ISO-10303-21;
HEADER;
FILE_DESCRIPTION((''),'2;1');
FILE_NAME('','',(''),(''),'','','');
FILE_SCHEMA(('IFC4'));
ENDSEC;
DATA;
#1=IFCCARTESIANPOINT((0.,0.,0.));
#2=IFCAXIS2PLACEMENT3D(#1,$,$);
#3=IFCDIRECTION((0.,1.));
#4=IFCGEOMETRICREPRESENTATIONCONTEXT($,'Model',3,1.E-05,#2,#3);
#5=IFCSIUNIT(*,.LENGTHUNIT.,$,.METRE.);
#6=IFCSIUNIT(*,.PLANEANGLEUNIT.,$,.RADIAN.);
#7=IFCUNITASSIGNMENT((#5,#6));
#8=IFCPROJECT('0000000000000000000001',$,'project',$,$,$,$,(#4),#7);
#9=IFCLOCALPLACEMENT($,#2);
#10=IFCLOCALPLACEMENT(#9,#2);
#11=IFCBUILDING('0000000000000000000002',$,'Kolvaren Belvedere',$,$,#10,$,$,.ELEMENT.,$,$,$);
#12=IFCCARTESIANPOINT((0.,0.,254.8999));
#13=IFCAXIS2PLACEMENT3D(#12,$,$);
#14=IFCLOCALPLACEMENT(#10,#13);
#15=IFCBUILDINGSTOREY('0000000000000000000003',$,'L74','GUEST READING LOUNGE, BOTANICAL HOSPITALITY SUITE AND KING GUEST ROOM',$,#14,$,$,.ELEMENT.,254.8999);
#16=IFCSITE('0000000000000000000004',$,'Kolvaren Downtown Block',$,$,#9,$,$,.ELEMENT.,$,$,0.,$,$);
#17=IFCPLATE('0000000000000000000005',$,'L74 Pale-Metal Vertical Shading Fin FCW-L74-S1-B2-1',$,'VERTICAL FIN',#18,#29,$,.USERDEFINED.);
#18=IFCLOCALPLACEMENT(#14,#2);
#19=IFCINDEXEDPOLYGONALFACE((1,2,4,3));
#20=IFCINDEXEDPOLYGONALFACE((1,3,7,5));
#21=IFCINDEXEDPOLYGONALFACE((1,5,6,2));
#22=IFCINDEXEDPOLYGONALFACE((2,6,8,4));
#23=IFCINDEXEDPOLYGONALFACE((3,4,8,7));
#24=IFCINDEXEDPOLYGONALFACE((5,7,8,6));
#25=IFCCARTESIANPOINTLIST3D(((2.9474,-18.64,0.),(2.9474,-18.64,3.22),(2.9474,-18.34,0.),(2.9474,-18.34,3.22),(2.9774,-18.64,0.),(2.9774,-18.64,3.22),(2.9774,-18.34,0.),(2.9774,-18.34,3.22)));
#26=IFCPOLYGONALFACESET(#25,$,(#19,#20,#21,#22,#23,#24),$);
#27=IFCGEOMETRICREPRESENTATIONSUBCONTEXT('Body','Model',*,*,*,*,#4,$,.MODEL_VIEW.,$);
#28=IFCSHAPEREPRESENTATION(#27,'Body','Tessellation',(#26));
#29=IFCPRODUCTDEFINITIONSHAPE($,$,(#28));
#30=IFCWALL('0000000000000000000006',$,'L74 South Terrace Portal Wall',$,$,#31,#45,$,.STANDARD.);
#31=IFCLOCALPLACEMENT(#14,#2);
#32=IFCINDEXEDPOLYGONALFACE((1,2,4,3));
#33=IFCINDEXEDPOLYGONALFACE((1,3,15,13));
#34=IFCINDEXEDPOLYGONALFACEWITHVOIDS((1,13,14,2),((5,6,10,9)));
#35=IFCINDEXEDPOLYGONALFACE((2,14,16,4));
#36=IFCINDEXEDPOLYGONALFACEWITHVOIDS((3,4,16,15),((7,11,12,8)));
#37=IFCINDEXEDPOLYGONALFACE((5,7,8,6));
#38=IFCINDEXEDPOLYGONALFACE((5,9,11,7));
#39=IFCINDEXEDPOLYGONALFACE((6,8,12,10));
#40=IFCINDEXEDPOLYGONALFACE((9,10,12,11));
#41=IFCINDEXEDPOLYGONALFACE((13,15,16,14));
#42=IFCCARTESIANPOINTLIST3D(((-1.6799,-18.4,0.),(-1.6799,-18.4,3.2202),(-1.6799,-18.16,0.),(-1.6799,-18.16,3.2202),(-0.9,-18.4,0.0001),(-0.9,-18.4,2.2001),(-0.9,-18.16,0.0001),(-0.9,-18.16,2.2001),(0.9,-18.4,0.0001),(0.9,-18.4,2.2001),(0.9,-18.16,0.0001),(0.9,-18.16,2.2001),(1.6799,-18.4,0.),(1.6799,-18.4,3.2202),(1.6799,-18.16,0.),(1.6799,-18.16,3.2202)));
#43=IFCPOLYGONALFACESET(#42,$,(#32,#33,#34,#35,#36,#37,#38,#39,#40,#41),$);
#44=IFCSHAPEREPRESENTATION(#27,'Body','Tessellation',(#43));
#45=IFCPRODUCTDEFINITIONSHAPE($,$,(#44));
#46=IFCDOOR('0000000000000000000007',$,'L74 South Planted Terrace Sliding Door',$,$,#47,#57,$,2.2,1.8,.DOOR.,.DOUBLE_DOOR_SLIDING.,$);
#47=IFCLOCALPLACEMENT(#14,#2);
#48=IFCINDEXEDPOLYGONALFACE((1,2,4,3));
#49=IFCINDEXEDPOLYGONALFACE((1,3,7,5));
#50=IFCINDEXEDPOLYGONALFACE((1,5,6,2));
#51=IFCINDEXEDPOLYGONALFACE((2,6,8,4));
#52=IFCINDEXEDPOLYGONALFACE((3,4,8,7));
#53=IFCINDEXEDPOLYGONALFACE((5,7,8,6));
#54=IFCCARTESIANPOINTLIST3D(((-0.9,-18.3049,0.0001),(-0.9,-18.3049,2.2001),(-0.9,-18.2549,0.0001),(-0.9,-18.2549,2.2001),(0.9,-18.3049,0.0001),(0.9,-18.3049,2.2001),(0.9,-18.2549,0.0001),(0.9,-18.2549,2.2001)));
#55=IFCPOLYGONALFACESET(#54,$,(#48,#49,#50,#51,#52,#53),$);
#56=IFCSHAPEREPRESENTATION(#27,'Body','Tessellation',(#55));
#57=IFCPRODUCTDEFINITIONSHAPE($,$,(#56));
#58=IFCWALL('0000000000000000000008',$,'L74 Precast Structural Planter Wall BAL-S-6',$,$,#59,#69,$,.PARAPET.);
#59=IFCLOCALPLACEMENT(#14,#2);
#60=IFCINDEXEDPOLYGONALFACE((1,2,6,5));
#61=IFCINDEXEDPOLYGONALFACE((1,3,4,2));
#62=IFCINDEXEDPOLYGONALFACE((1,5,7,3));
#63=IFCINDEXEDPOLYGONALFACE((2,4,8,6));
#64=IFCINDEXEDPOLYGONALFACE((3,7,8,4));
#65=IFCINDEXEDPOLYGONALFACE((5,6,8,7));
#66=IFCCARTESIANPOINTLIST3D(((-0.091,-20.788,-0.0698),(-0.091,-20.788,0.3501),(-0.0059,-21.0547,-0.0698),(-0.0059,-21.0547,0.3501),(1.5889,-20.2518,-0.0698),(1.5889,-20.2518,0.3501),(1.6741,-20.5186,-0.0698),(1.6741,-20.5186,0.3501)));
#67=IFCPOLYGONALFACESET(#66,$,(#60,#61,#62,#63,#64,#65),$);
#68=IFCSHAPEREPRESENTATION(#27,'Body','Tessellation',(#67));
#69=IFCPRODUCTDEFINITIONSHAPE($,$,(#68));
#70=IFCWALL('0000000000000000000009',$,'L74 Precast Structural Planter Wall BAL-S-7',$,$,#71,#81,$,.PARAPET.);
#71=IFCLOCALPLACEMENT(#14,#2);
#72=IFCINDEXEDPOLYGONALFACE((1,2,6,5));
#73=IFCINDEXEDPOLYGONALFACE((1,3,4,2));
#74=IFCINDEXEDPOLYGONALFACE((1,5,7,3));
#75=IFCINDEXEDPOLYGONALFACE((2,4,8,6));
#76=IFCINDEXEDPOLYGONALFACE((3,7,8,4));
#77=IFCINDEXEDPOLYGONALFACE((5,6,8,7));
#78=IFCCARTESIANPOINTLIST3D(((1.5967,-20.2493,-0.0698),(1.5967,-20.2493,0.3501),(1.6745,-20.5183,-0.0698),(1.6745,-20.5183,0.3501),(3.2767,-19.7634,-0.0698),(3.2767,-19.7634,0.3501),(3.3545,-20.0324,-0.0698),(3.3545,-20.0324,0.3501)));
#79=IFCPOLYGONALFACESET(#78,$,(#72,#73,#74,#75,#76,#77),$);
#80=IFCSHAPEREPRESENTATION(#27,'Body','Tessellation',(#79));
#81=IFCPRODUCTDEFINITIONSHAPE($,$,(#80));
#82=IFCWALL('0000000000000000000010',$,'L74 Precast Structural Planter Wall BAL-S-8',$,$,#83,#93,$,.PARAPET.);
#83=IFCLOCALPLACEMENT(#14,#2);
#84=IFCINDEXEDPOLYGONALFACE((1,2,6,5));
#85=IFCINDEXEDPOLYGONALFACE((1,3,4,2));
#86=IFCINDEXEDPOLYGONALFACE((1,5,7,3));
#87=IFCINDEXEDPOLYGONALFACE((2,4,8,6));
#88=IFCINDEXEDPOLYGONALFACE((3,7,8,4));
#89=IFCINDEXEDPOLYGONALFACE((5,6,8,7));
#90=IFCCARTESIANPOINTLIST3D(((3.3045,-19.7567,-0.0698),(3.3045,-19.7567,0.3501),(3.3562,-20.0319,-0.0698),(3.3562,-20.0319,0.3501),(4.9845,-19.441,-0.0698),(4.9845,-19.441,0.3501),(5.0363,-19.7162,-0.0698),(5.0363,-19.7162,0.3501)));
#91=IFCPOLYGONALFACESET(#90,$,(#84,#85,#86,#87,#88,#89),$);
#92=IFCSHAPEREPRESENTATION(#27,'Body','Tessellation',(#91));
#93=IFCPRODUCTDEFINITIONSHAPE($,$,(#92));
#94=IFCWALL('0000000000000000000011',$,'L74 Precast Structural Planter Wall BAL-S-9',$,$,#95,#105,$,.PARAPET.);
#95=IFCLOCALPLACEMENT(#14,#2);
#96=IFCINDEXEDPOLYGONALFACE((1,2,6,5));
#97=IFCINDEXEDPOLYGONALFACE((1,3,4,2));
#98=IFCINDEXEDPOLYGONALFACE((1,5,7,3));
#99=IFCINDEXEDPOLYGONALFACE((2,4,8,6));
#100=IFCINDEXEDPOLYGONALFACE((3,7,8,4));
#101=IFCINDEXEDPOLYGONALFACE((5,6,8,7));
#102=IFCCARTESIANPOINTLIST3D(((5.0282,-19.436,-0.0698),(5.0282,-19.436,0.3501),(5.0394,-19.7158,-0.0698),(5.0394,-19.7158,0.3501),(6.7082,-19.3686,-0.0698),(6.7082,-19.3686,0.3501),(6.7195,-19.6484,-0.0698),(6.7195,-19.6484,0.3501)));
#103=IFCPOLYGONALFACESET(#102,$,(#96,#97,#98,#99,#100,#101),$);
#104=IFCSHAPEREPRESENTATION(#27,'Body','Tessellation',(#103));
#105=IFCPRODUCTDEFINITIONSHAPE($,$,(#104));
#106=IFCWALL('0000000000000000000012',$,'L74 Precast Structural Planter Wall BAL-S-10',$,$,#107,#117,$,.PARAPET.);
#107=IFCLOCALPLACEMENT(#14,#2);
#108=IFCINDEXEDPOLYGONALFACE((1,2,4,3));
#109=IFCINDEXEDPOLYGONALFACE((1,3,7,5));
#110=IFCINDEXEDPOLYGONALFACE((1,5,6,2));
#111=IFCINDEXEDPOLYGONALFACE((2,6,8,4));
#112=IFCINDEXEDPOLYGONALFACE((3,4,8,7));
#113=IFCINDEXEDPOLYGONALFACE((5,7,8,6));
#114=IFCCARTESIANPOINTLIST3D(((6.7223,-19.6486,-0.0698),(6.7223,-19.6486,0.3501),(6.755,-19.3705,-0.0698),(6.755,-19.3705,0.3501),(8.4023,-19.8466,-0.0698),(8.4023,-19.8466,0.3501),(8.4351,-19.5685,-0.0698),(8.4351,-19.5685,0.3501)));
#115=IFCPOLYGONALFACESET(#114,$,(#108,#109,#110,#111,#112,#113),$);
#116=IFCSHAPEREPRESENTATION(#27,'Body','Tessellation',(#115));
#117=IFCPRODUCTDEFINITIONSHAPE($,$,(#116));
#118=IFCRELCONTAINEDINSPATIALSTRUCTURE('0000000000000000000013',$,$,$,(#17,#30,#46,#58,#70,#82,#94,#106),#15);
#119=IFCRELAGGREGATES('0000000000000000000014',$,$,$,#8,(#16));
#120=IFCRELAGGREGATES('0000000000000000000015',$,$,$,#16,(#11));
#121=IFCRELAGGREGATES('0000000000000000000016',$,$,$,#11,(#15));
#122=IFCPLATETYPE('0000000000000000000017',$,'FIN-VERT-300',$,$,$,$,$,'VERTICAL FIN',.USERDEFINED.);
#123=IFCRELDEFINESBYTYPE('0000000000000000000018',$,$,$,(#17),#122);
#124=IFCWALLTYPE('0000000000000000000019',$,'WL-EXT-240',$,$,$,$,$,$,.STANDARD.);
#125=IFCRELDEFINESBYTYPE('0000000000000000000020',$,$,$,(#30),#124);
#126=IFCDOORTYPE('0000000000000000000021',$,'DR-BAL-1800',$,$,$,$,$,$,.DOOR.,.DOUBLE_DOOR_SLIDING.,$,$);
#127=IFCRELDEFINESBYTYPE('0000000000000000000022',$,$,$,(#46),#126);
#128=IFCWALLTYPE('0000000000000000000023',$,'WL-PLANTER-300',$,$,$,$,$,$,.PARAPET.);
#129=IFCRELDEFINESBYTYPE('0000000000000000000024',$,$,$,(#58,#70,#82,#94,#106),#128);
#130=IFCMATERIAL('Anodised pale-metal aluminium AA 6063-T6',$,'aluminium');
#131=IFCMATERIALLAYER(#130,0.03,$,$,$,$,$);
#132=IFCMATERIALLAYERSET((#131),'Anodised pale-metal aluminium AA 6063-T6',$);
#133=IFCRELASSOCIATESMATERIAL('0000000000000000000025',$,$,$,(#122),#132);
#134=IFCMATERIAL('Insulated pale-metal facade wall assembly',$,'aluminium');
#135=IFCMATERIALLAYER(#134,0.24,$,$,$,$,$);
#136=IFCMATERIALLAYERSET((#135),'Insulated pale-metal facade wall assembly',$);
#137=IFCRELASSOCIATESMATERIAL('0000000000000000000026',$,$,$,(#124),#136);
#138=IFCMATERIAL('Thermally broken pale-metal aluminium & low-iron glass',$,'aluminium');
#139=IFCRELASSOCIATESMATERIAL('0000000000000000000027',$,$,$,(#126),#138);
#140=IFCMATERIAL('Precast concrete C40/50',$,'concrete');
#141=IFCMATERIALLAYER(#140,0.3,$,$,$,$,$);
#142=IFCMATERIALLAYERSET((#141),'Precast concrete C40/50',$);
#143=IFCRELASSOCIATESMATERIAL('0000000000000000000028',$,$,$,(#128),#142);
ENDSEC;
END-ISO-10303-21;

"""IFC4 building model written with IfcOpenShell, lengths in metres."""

from ifc_helpers import new_model, si_unit, direction, frame, frame_2d, origin, origin_2d, place, context, subcontext, project, spatial, rectangle, extrude, material, layer, layer_set, type_object, element, fill, save


model = new_model("IFC4")

# Units and contexts
model_context = context("Model", 3, precision=1e-05, world=origin(), true_north=direction((0.0, 1.0)))
body_context = subcontext(model_context, "Body", "Model", "MODEL_VIEW")
ifc_project = project(units=[si_unit("LENGTHUNIT", "METRE"), si_unit("PLANEANGLEUNIT", "RADIAN")], contexts=[model_context])

# Site, building, storey
site_placement = place(None, origin())
site = spatial("IfcSite", under=ifc_project, at=site_placement, Name="Kolvaren Downtown Block", CompositionType="ELEMENT", RefElevation=0.0)
building_placement = place(site_placement, origin())
building = spatial("IfcBuilding", under=site, at=building_placement, Name="Kolvaren Belvedere", CompositionType="ELEMENT")
storey_placement = place(building_placement, frame((0.0, 0.0, 254.8999)))
storey = spatial("IfcBuildingStorey", under=building, at=storey_placement, Name="L74", Description="GUEST READING LOUNGE, BOTANICAL HOSPITALITY SUITE AND KING GUEST ROOM", CompositionType="ELEMENT", Elevation=254.8999)

# Plate
ifc_material_1 = material(Name="Anodised pale-metal aluminium AA 6063-T6", Category="aluminium")
ifc_layer_1 = layer(ifc_material_1, 0.03)
ifc_layer_set_1 = layer_set([ifc_layer_1], Name="Anodised pale-metal aluminium AA 6063-T6")
plate_type_1 = type_object("IfcPlateType", Name="FIN-VERT-300", ElementType="VERTICAL FIN", PredefinedType="USERDEFINED", material=ifc_layer_set_1)
plate_1_placement = place(storey_placement, frame((2.9624, -18.49, 0.0), z_axis=(0.0, 0.0, 1.0), x_axis=(0.0, 1.0, 0.0)))
element("IfcPlate", 1, at=plate_1_placement, inside=storey, type_object=plate_type_1, Name="L74 Pale-Metal Vertical Shading Fin FCW-L74-S1-B2-1", ObjectType="VERTICAL FIN", PredefinedType="USERDEFINED", context=body_context, shape_type="SweptSolid", body=[
    extrude(rectangle(XDim=0.3, YDim=0.03, at=origin_2d()), origin(), (0.0, 0.0, 1.0), 3.22),
])

# Wall, opening, door
ifc_material_2 = material(Name="Insulated pale-metal facade wall assembly", Category="aluminium")
ifc_layer_2 = layer(ifc_material_2, 0.24)
ifc_layer_set_2 = layer_set([ifc_layer_2], Name="Insulated pale-metal facade wall assembly")
wall_type_1 = type_object("IfcWallType", Name="WL-EXT-240", PredefinedType="STANDARD", material=ifc_layer_set_2)
wall_1_placement = place(storey_placement, frame((1.6799, -18.28, 0.0), z_axis=(0.0, 0.0, 1.0), x_axis=(-1.0, 0.0, 0.0)))
wall_1 = element("IfcWall", 2, at=wall_1_placement, inside=storey, type_object=wall_type_1, Name="L74 South Terrace Portal Wall", PredefinedType="STANDARD", context=body_context, shape_type="SweptSolid", body=[
    extrude(rectangle(XDim=3.3599, YDim=0.24, at=frame_2d((1.6799, 0.0))), origin(), (0.0, 0.0, 1.0), 3.2202),
])
opening_placement = place(wall_1_placement, frame((0.78, 0.0, 0.0)))
opening = element("IfcOpeningElement", 3, at=opening_placement, cuts=wall_1, PredefinedType="OPENING", context=body_context, shape_type="SweptSolid", body=[
    extrude(rectangle(XDim=1.8, YDim=2.2, at=frame_2d((0.8999, 1.1001))), frame((0.0, 0.1299, 0.0), z_axis=(0.0, -1.0, 0.0), x_axis=(1.0, 0.0, 0.0)), (0.0, 0.0, 1.0), 0.26),
])
ifc_material_3 = material(Name="Thermally broken pale-metal aluminium & low-iron glass", Category="aluminium")
door_type = type_object("IfcDoorType", Name="DR-BAL-1800", OperationType="DOUBLE_DOOR_SLIDING", PredefinedType="DOOR", material=ifc_material_3)
door_placement = place(opening_placement, origin())
door = element("IfcDoor", 4, at=door_placement, inside=storey, type_object=door_type, Name="L74 South Planted Terrace Sliding Door", OperationType="DOUBLE_DOOR_SLIDING", OverallHeight=2.2, OverallWidth=1.8, PredefinedType="DOOR", context=body_context, shape_type="SweptSolid", body=[
    extrude(rectangle(XDim=1.8, YDim=2.2, at=frame_2d((0.8999, 1.1001))), frame((0.0, 0.0249, 0.0), z_axis=(0.0, -1.0, 0.0), x_axis=(1.0, 0.0, 0.0)), (0.0, 0.0, 1.0), 0.05),
])
fill(opening, door)

# Walls
ifc_material_4 = material(Name="Precast concrete C40/50", Category="concrete")
ifc_layer_3 = layer(ifc_material_4, 0.3)
ifc_layer_set_3 = layer_set([ifc_layer_3], Name="Precast concrete C40/50")
wall_type_2 = type_object("IfcWallType", Name="WL-PLANTER-300", PredefinedType="PARAPET", material=ifc_layer_set_3)
wall_2_placement = place(storey_placement, frame((-0.0486, -20.9214, -0.0698), z_axis=(0.0, 0.0, 1.0), x_axis=(0.952662, 0.304032, 0.0)))
element("IfcWall", 5, at=wall_2_placement, inside=storey, type_object=wall_type_2, Name="L74 Precast Structural Planter Wall BAL-S-6", PredefinedType="PARAPET", context=body_context, shape_type="SweptSolid", body=[
    extrude(rectangle(XDim=1.7634, YDim=0.28, at=frame_2d((0.8818, 0.0))), origin(), (0.0, 0.0, 1.0), 0.4199),
])
wall_3_placement = place(storey_placement, frame((1.6355, -20.3838, -0.0698), z_axis=(0.0, 0.0, 1.0), x_axis=(0.960634, 0.277817, 0.0)))
element("IfcWall", 6, at=wall_3_placement, inside=storey, type_object=wall_type_2, Name="L74 Precast Structural Planter Wall BAL-S-7", PredefinedType="PARAPET", context=body_context, shape_type="SweptSolid", body=[
    extrude(rectangle(XDim=1.7488, YDim=0.28, at=frame_2d((0.8745, 0.0))), origin(), (0.0, 0.0, 1.0), 0.4199),
])
wall_4_placement = place(storey_placement, frame((3.3303, -19.8943, -0.0698), z_axis=(0.0, 0.0, 1.0), x_axis=(0.982804, 0.184651, 0.0)))
element("IfcWall", 7, at=wall_4_placement, inside=storey, type_object=wall_type_2, Name="L74 Precast Structural Planter Wall BAL-S-8", PredefinedType="PARAPET", context=body_context, shape_type="SweptSolid", body=[
    extrude(rectangle(XDim=1.7095, YDim=0.28, at=frame_2d((0.8547, 0.0))), origin(), (0.0, 0.0, 1.0), 0.4199),
])
wall_5_placement = place(storey_placement, frame((5.0337, -19.5759, -0.0698), z_axis=(0.0, 0.0, 1.0), x_axis=(0.999197, 0.040078, 0.0)))
element("IfcWall", 8, at=wall_5_placement, inside=storey, type_object=wall_type_2, Name="L74 Precast Structural Planter Wall BAL-S-9", PredefinedType="PARAPET", context=body_context, shape_type="SweptSolid", body=[
    extrude(rectangle(XDim=1.6814, YDim=0.28, at=frame_2d((0.8408, 0.0))), origin(), (0.0, 0.0, 1.0), 0.4199),
])
wall_6_placement = place(storey_placement, frame((6.7388, -19.5095, -0.0698), z_axis=(0.0, 0.0, 1.0), x_axis=(0.993126, -0.117051, 0.0)))
element("IfcWall", 9, at=wall_6_placement, inside=storey, type_object=wall_type_2, Name="L74 Precast Structural Planter Wall BAL-S-10", PredefinedType="PARAPET", context=body_context, shape_type="SweptSolid", body=[
    extrude(rectangle(XDim=1.6917, YDim=0.28, at=frame_2d((0.8457, 0.0))), origin(), (0.0, 0.0, 1.0), 0.4199),
])

save(model, "model.ifc")
